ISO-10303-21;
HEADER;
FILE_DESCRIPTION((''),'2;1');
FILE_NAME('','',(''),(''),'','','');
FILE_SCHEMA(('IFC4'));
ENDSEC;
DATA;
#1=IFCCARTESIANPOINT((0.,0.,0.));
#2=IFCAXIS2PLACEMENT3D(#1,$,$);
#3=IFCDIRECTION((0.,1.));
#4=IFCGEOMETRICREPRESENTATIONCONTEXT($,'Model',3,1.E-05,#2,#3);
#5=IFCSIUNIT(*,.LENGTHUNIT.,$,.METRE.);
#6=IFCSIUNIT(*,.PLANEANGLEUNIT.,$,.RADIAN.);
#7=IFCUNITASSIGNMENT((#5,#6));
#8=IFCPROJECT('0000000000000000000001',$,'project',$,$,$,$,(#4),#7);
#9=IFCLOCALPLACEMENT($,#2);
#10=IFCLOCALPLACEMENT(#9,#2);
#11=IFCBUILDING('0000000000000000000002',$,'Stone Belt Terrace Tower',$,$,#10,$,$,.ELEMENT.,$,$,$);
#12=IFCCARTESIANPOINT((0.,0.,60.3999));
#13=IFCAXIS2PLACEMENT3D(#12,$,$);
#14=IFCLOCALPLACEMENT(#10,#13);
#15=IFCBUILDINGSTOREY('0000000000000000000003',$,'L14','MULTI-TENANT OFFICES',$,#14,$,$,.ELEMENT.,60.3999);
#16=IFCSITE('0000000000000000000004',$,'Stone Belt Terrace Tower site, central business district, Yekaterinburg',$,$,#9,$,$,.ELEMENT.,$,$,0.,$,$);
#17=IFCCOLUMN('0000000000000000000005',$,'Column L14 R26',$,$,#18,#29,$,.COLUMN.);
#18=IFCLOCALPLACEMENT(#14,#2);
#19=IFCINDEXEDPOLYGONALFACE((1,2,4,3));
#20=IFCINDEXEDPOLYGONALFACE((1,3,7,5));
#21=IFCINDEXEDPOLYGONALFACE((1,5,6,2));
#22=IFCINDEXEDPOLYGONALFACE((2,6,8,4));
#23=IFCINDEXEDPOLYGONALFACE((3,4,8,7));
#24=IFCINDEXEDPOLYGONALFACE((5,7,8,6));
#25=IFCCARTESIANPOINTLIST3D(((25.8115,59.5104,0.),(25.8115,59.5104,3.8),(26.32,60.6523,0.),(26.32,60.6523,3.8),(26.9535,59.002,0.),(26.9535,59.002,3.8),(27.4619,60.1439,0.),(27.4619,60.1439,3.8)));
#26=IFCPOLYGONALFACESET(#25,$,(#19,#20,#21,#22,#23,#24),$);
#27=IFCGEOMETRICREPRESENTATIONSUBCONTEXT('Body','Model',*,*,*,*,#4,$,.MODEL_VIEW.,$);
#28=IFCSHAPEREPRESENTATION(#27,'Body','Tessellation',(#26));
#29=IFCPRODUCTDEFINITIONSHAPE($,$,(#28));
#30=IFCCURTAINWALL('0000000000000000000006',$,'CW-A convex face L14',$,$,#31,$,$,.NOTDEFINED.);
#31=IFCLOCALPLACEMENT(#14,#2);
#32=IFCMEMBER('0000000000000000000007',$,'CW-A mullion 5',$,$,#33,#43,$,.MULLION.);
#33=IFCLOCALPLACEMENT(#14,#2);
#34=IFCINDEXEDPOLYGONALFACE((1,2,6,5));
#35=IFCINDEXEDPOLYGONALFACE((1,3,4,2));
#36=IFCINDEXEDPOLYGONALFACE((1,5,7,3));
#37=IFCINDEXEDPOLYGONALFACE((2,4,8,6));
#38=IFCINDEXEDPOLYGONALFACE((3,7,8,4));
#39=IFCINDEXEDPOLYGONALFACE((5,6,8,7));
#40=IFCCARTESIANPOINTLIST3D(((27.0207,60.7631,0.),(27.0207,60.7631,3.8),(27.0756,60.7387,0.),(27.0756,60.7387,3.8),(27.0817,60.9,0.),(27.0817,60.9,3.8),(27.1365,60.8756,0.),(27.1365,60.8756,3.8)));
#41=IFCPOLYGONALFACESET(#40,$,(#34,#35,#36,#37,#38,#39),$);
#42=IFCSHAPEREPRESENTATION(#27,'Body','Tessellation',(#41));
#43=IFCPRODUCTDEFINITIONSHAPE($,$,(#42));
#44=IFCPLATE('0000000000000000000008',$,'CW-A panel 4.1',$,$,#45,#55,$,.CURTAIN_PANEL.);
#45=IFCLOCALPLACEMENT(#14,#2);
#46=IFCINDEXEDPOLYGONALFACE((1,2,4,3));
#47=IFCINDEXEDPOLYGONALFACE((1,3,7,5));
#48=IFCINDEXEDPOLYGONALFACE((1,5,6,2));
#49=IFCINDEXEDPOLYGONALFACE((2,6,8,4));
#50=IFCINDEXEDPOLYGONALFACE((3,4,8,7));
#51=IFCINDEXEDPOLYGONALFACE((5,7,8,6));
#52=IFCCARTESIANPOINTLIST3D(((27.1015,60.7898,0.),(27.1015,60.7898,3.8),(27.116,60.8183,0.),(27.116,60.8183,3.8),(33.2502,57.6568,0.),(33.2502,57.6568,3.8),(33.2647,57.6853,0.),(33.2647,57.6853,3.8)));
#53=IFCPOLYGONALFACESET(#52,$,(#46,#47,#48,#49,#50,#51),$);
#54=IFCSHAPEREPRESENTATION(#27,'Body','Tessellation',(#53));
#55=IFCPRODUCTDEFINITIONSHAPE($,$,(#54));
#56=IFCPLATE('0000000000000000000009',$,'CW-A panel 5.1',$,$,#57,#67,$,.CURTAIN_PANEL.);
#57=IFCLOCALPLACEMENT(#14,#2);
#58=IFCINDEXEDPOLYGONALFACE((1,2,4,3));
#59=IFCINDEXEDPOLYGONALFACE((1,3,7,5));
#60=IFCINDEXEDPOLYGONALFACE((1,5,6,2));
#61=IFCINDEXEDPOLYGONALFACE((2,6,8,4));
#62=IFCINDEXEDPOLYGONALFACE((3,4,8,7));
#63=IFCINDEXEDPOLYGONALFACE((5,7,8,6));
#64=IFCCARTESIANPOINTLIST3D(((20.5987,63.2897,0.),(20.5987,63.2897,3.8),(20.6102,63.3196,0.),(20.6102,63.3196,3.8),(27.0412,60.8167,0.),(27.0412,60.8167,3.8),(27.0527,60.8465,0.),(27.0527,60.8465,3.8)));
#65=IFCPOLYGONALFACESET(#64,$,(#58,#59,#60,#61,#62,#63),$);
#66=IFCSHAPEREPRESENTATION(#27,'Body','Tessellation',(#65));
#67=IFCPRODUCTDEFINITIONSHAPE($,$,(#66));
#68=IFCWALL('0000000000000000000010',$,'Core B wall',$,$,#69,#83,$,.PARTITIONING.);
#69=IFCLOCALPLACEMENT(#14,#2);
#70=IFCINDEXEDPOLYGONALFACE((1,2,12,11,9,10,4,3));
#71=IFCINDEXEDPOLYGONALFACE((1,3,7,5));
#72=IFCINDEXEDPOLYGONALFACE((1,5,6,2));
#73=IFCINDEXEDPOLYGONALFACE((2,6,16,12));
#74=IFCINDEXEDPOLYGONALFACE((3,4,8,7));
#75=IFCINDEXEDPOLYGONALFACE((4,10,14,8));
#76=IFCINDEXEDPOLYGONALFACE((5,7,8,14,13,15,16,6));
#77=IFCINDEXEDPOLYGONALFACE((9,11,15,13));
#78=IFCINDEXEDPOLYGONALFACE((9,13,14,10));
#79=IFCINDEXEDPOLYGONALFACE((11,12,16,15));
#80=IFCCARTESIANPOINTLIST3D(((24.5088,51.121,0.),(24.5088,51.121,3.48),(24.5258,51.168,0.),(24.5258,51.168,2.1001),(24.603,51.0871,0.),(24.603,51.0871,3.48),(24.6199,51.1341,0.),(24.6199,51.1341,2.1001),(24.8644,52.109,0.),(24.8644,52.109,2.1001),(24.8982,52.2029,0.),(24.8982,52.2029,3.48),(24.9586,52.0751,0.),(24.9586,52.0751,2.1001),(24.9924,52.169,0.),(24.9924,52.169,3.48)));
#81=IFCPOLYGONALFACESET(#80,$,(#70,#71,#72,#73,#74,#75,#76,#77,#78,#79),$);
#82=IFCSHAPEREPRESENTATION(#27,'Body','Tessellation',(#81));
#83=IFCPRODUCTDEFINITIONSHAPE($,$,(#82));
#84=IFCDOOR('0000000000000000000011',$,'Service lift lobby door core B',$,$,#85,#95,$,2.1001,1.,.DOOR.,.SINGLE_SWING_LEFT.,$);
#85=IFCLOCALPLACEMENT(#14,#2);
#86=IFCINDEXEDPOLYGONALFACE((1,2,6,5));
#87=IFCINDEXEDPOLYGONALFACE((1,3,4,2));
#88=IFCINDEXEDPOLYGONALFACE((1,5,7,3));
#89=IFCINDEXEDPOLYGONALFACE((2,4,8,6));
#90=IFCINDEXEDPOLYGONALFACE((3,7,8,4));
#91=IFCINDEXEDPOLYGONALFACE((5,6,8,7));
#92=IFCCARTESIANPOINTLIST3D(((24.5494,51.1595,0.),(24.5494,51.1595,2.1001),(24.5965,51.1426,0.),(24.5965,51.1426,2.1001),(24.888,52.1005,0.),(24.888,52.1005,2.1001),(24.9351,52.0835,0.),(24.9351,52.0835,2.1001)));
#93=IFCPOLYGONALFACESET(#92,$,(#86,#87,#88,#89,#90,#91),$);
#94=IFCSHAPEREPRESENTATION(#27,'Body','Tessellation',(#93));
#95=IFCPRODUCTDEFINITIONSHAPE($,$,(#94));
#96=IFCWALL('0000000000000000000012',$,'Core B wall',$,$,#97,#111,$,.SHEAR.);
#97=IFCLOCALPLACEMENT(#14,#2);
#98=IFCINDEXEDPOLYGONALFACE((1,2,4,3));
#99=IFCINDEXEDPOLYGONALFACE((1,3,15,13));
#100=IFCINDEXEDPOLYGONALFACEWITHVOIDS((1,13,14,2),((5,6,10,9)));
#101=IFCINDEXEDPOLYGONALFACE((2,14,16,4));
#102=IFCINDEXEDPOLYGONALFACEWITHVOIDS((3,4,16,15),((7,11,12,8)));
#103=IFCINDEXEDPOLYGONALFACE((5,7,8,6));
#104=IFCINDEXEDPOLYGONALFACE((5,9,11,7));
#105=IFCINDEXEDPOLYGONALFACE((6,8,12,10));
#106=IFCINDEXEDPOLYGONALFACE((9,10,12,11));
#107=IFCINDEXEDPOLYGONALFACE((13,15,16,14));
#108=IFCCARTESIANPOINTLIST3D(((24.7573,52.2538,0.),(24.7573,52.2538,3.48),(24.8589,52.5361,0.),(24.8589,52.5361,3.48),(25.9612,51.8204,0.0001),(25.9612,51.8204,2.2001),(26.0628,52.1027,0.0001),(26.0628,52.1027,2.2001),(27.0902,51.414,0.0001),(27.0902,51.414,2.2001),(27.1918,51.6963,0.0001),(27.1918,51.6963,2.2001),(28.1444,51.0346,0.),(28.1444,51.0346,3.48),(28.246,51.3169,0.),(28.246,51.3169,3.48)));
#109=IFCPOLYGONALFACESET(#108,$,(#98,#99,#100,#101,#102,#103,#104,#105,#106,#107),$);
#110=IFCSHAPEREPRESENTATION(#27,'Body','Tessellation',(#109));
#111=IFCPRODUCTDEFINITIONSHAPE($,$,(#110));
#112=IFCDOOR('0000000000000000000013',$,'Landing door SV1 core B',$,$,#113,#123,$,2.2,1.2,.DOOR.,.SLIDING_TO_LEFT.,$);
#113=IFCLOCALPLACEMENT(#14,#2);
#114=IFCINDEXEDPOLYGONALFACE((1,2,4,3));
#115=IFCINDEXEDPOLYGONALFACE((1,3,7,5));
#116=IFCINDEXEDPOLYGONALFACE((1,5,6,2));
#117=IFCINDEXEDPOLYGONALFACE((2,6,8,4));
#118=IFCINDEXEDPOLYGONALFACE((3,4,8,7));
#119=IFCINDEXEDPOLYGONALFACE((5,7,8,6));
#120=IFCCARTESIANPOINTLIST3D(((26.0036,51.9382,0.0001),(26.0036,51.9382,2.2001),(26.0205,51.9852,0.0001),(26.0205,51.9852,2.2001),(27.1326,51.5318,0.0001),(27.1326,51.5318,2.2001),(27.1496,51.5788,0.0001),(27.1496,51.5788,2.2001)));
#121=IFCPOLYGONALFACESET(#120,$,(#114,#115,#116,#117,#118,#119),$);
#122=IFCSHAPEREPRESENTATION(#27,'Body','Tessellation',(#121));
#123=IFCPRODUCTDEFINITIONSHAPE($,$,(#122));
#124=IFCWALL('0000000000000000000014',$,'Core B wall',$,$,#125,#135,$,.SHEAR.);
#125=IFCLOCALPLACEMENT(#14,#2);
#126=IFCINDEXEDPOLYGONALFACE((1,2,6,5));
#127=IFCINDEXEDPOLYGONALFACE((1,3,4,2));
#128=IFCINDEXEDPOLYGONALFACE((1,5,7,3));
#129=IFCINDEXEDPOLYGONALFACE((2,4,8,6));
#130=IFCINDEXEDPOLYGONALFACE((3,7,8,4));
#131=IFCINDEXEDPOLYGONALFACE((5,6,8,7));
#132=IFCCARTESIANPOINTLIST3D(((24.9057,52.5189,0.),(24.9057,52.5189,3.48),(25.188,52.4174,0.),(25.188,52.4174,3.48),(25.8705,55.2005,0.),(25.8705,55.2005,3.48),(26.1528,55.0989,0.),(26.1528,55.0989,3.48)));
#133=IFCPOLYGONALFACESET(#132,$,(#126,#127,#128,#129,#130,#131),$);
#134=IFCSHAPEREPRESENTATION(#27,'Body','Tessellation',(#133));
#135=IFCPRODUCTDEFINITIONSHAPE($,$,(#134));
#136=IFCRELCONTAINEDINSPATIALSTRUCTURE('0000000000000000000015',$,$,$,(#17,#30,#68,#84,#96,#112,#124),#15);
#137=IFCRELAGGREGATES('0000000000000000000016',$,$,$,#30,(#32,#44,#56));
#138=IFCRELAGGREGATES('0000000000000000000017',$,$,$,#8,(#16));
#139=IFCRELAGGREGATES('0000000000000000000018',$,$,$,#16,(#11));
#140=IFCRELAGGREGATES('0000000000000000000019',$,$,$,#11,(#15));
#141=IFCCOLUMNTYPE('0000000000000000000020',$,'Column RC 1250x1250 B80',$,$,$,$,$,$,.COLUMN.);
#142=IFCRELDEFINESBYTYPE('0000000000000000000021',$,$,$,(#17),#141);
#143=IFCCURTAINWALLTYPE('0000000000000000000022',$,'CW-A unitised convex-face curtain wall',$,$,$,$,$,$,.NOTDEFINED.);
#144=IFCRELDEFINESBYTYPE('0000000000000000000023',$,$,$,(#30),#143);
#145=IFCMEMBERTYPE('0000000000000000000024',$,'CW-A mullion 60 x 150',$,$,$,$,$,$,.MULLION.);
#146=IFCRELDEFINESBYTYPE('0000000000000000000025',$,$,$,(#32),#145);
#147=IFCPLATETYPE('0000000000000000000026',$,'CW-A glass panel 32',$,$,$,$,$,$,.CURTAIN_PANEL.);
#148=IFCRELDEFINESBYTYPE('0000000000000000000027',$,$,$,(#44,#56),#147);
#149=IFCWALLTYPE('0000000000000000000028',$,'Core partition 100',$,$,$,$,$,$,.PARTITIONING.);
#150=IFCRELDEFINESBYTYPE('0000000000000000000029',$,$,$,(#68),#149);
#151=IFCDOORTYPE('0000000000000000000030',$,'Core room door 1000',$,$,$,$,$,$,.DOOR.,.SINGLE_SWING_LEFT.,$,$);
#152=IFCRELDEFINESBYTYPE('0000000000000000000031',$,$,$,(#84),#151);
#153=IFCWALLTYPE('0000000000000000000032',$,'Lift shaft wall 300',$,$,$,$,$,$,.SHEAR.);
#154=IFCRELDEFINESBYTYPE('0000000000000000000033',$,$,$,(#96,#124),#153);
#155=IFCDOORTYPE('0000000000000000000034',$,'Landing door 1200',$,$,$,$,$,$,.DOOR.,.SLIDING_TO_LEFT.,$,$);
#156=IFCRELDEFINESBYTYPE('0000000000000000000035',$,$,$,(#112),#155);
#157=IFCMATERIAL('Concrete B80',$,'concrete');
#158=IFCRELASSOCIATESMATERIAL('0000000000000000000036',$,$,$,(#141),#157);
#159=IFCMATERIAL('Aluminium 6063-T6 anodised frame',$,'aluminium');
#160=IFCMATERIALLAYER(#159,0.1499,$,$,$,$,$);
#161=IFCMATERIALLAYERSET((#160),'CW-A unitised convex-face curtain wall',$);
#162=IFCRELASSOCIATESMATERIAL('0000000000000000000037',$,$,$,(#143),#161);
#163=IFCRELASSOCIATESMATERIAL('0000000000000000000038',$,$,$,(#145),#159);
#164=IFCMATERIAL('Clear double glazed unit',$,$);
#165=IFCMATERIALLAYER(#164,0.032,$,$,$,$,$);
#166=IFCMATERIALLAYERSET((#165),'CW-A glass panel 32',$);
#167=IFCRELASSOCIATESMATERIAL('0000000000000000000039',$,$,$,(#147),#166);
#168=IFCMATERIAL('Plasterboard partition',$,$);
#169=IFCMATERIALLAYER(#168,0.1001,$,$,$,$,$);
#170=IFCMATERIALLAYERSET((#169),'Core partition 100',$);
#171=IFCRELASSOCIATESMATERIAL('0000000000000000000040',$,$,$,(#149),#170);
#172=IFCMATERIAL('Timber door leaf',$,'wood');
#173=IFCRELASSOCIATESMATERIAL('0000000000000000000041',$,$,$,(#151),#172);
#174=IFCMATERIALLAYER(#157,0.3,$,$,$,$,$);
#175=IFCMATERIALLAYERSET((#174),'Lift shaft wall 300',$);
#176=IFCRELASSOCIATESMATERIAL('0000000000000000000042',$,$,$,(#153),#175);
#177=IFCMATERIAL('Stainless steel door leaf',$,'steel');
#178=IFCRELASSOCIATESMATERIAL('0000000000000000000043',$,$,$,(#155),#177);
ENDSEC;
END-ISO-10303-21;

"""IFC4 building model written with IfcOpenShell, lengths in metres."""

from ifc_helpers import new_model, si_unit, direction, frame, frame_2d, origin, origin_2d, place, context, subcontext, project, spatial, rectangle, extrude, material, layer, layer_set, material_profile, profile_set, type_object, element, fill, aggregate, save


model = new_model("IFC4")

# Units and contexts
model_context = context("Model", 3, precision=1e-05, world=origin(), true_north=direction((0.0, 1.0)))
body_context = subcontext(model_context, "Body", "Model", "MODEL_VIEW")
ifc_project = project(units=[si_unit("LENGTHUNIT", "METRE"), si_unit("PLANEANGLEUNIT", "RADIAN")], contexts=[model_context])

# Site, building, storey
site_placement = place(None, origin())
site = spatial("IfcSite", under=ifc_project, at=site_placement, Name="Stone Belt Terrace Tower site, central business district, Yekaterinburg", CompositionType="ELEMENT", RefElevation=0.0)
building_placement = place(site_placement, origin())
building = spatial("IfcBuilding", under=site, at=building_placement, Name="Stone Belt Terrace Tower", CompositionType="ELEMENT")
storey_placement = place(building_placement, frame((0.0, 0.0, 60.3999)))
storey = spatial("IfcBuildingStorey", under=building, at=storey_placement, Name="L14", Description="MULTI-TENANT OFFICES", CompositionType="ELEMENT", Elevation=60.3999)

# Column
ifc_material_1 = material(Name="Concrete B80", Category="concrete")
ifc_material_profile_1 = material_profile(ifc_material_1, rectangle(XDim=1.25, YDim=1.25, at=origin_2d()), Name="RC 1250x1250")
ifc_profile_set_1 = profile_set([ifc_material_profile_1], Name="Concrete B80")
column_type = type_object("IfcColumnType", Name="Column RC 1250x1250 B80", PredefinedType="COLUMN", material=ifc_profile_set_1)
column_placement = place(storey_placement, frame((26.6367, 59.8271, 0.0), z_axis=(0.0, 0.0, 1.0), x_axis=(0.913545, -0.406737, 0.0)))
element("IfcColumn", 1, at=column_placement, inside=storey, type_object=column_type, Name="Column L14 R26", PredefinedType="COLUMN", context=body_context, shape_type="SweptSolid", body=[
    extrude(rectangle(XDim=1.25, YDim=1.25, at=origin_2d()), origin(), (0.0, 0.0, 1.0), 3.8),
])

# Curtain wall, member, plates
ifc_material_2 = material(Name="Aluminium 6063-T6 anodised frame", Category="aluminium")
ifc_layer_1 = layer(ifc_material_2, 0.1499)
ifc_layer_set_1 = layer_set([ifc_layer_1], Name="CW-A unitised convex-face curtain wall")
curtain_wall_type = type_object("IfcCurtainWallType", Name="CW-A unitised convex-face curtain wall", PredefinedType="NOTDEFINED", material=ifc_layer_set_1)
curtain_wall_placement = place(storey_placement, origin())
curtain_wall = element("IfcCurtainWall", 2, at=curtain_wall_placement, inside=storey, type_object=curtain_wall_type, Name="CW-A convex face L14", PredefinedType="NOTDEFINED")
ifc_material_profile_2 = material_profile(ifc_material_2, rectangle(XDim=0.1499, YDim=0.0601, at=origin_2d()), Name="Aluminium 6063-T6 60x150")
ifc_profile_set_2 = profile_set([ifc_material_profile_2], Name="Aluminium 6063-T6 anodised frame")
member_type = type_object("IfcMemberType", Name="CW-A mullion 60 x 150", PredefinedType="MULLION", material=ifc_profile_set_2)
member_placement = place(storey_placement, frame((27.0786, 60.8193, 0.0), z_axis=(0.0, 0.0, 1.0), x_axis=(-0.406737, -0.913545, 0.0)))
member = element("IfcMember", 3, at=member_placement, type_object=member_type, Name="CW-A mullion 5", PredefinedType="MULLION", context=body_context, shape_type="SweptSolid", body=[
    extrude(rectangle(XDim=0.1499, YDim=0.0601, at=origin_2d()), origin(), (0.0, 0.0, 1.0), 3.8),
])
ifc_material_3 = material(Name="Clear double glazed unit")
ifc_layer_2 = layer(ifc_material_3, 0.032)
ifc_layer_set_2 = layer_set([ifc_layer_2], Name="CW-A glass panel 32")
plate_type = type_object("IfcPlateType", Name="CW-A glass panel 32", PredefinedType="CURTAIN_PANEL", material=ifc_layer_set_2)
plate_1_placement = place(storey_placement, frame((30.1831, 59.2375, 0.0), z_axis=(0.0, 0.0, 1.0), x_axis=(-0.891007, 0.45399, 0.0)))
plate_1 = element("IfcPlate", 4, at=plate_1_placement, type_object=plate_type, Name="CW-A panel 4.1", PredefinedType="CURTAIN_PANEL", context=body_context, shape_type="SweptSolid", body=[
    extrude(rectangle(XDim=6.9009, YDim=0.032, at=origin_2d()), origin(), (0.0, 0.0, 1.0), 3.8),
])
plate_2_placement = place(storey_placement, frame((23.8257, 62.0681, 0.0), z_axis=(0.0, 0.0, 1.0), x_axis=(-0.93358, 0.358368, 0.0)))
plate_2 = element("IfcPlate", 5, at=plate_2_placement, type_object=plate_type, Name="CW-A panel 5.1", PredefinedType="CURTAIN_PANEL", context=body_context, shape_type="SweptSolid", body=[
    extrude(rectangle(XDim=6.9009, YDim=0.032, at=origin_2d()), origin(), (0.0, 0.0, 1.0), 3.8),
])
aggregate(curtain_wall, [member, plate_1, plate_2])

# Walls, openings, doors
ifc_material_4 = material(Name="Plasterboard partition")
ifc_layer_3 = layer(ifc_material_4, 0.1001)
ifc_layer_set_3 = layer_set([ifc_layer_3], Name="Core partition 100")
wall_type_1 = type_object("IfcWallType", Name="Core partition 100", PredefinedType="PARTITIONING", material=ifc_layer_set_3)
wall_1_placement = place(storey_placement, frame((24.5559, 51.104, 0.0), z_axis=(0.0, 0.0, 1.0), x_axis=(0.338622, 0.940923, 0.0)))
wall_1 = element("IfcWall", 6, at=wall_1_placement, inside=storey, type_object=wall_type_1, Name="Core B wall", PredefinedType="PARTITIONING", context=body_context, shape_type="SweptSolid", body=[
    extrude(rectangle(XDim=1.1499, YDim=0.1001, at=frame_2d((0.575, 0.0))), origin(), (0.0, 0.0, 1.0), 3.48),
])
opening_1_placement = place(wall_1_placement, frame((0.05, 0.0, 0.0)))
opening_1 = element("IfcOpeningElement", 7, at=opening_1_placement, cuts=wall_1, PredefinedType="OPENING", context=body_context, shape_type="SweptSolid", body=[
    extrude(rectangle(XDim=1.0, YDim=2.1001, at=frame_2d((0.5, 1.05))), frame((0.0, 0.0601, 0.0), z_axis=(0.0, -1.0, 0.0), x_axis=(1.0, 0.0, 0.0)), (0.0, 0.0, 1.0), 0.1201),
])
ifc_material_5 = material(Name="Timber door leaf", Category="wood")
door_type_1 = type_object("IfcDoorType", Name="Core room door 1000", OperationType="SINGLE_SWING_LEFT", PredefinedType="DOOR", material=ifc_material_5)
door_1_placement = place(opening_1_placement, origin())
door_1 = element("IfcDoor", 8, at=door_1_placement, inside=storey, type_object=door_type_1, Name="Service lift lobby door core B", OperationType="SINGLE_SWING_LEFT", OverallHeight=2.1001, OverallWidth=1.0, PredefinedType="DOOR", context=body_context, shape_type="SweptSolid", body=[
    extrude(rectangle(XDim=1.0, YDim=2.1001, at=frame_2d((0.5, 1.05))), frame((0.0, 0.0249, 0.0), z_axis=(0.0, -1.0, 0.0), x_axis=(1.0, 0.0, 0.0)), (0.0, 0.0, 1.0), 0.05),
])
fill(opening_1, door_1)
ifc_layer_4 = layer(ifc_material_1, 0.3)
ifc_layer_set_4 = layer_set([ifc_layer_4], Name="Lift shaft wall 300")
wall_type_2 = type_object("IfcWallType", Name="Lift shaft wall 300", PredefinedType="SHEAR", material=ifc_layer_set_4)
wall_2_placement = place(storey_placement, frame((28.1951, 51.1758, 0.0), z_axis=(0.0, 0.0, 1.0), x_axis=(-0.940901, 0.338681, 0.0)))
wall_2 = element("IfcWall", 9, at=wall_2_placement, inside=storey, type_object=wall_type_2, Name="Core B wall", PredefinedType="SHEAR", context=body_context, shape_type="SweptSolid", body=[
    extrude(rectangle(XDim=3.5999, YDim=0.3, at=frame_2d((1.7998, 0.0))), origin(), (0.0, 0.0, 1.0), 3.48),
])
opening_2_placement = place(wall_2_placement, frame((1.1201, 0.0, 0.0)))
opening_2 = element("IfcOpeningElement", 10, at=opening_2_placement, cuts=wall_2, PredefinedType="OPENING", context=body_context, shape_type="SweptSolid", body=[
    extrude(rectangle(XDim=1.2, YDim=2.2, at=frame_2d((0.6001, 1.1001))), frame((0.0, 0.1599, 0.0), z_axis=(0.0, -1.0, 0.0), x_axis=(1.0, 0.0, 0.0)), (0.0, 0.0, 1.0), 0.3201),
])
ifc_material_6 = material(Name="Stainless steel door leaf", Category="steel")
door_type_2 = type_object("IfcDoorType", Name="Landing door 1200", OperationType="SLIDING_TO_LEFT", PredefinedType="DOOR", material=ifc_material_6)
door_2_placement = place(opening_2_placement, origin())
door_2 = element("IfcDoor", 11, at=door_2_placement, inside=storey, type_object=door_type_2, Name="Landing door SV1 core B", OperationType="SLIDING_TO_LEFT", OverallHeight=2.2, OverallWidth=1.2, PredefinedType="DOOR", context=body_context, shape_type="SweptSolid", body=[
    extrude(rectangle(XDim=1.2, YDim=2.2, at=frame_2d((0.6001, 1.1001))), frame((0.0, 0.0249, 0.0), z_axis=(0.0, -1.0, 0.0), x_axis=(1.0, 0.0, 0.0)), (0.0, 0.0, 1.0), 0.05),
])
fill(opening_2, door_2)

# Wall
wall_3_placement = place(storey_placement, frame((25.0469, 52.4683, 0.0), z_axis=(0.0, 0.0, 1.0), x_axis=(0.33855, 0.940949, 0.0)))
element("IfcWall", 12, at=wall_3_placement, inside=storey, type_object=wall_type_2, Name="Core B wall", PredefinedType="SHEAR", context=body_context, shape_type="SweptSolid", body=[
    extrude(rectangle(XDim=2.8499, YDim=0.3, at=frame_2d((1.4248, 0.0))), origin(), (0.0, 0.0, 1.0), 3.48),
])

save(model, "model.ifc")
